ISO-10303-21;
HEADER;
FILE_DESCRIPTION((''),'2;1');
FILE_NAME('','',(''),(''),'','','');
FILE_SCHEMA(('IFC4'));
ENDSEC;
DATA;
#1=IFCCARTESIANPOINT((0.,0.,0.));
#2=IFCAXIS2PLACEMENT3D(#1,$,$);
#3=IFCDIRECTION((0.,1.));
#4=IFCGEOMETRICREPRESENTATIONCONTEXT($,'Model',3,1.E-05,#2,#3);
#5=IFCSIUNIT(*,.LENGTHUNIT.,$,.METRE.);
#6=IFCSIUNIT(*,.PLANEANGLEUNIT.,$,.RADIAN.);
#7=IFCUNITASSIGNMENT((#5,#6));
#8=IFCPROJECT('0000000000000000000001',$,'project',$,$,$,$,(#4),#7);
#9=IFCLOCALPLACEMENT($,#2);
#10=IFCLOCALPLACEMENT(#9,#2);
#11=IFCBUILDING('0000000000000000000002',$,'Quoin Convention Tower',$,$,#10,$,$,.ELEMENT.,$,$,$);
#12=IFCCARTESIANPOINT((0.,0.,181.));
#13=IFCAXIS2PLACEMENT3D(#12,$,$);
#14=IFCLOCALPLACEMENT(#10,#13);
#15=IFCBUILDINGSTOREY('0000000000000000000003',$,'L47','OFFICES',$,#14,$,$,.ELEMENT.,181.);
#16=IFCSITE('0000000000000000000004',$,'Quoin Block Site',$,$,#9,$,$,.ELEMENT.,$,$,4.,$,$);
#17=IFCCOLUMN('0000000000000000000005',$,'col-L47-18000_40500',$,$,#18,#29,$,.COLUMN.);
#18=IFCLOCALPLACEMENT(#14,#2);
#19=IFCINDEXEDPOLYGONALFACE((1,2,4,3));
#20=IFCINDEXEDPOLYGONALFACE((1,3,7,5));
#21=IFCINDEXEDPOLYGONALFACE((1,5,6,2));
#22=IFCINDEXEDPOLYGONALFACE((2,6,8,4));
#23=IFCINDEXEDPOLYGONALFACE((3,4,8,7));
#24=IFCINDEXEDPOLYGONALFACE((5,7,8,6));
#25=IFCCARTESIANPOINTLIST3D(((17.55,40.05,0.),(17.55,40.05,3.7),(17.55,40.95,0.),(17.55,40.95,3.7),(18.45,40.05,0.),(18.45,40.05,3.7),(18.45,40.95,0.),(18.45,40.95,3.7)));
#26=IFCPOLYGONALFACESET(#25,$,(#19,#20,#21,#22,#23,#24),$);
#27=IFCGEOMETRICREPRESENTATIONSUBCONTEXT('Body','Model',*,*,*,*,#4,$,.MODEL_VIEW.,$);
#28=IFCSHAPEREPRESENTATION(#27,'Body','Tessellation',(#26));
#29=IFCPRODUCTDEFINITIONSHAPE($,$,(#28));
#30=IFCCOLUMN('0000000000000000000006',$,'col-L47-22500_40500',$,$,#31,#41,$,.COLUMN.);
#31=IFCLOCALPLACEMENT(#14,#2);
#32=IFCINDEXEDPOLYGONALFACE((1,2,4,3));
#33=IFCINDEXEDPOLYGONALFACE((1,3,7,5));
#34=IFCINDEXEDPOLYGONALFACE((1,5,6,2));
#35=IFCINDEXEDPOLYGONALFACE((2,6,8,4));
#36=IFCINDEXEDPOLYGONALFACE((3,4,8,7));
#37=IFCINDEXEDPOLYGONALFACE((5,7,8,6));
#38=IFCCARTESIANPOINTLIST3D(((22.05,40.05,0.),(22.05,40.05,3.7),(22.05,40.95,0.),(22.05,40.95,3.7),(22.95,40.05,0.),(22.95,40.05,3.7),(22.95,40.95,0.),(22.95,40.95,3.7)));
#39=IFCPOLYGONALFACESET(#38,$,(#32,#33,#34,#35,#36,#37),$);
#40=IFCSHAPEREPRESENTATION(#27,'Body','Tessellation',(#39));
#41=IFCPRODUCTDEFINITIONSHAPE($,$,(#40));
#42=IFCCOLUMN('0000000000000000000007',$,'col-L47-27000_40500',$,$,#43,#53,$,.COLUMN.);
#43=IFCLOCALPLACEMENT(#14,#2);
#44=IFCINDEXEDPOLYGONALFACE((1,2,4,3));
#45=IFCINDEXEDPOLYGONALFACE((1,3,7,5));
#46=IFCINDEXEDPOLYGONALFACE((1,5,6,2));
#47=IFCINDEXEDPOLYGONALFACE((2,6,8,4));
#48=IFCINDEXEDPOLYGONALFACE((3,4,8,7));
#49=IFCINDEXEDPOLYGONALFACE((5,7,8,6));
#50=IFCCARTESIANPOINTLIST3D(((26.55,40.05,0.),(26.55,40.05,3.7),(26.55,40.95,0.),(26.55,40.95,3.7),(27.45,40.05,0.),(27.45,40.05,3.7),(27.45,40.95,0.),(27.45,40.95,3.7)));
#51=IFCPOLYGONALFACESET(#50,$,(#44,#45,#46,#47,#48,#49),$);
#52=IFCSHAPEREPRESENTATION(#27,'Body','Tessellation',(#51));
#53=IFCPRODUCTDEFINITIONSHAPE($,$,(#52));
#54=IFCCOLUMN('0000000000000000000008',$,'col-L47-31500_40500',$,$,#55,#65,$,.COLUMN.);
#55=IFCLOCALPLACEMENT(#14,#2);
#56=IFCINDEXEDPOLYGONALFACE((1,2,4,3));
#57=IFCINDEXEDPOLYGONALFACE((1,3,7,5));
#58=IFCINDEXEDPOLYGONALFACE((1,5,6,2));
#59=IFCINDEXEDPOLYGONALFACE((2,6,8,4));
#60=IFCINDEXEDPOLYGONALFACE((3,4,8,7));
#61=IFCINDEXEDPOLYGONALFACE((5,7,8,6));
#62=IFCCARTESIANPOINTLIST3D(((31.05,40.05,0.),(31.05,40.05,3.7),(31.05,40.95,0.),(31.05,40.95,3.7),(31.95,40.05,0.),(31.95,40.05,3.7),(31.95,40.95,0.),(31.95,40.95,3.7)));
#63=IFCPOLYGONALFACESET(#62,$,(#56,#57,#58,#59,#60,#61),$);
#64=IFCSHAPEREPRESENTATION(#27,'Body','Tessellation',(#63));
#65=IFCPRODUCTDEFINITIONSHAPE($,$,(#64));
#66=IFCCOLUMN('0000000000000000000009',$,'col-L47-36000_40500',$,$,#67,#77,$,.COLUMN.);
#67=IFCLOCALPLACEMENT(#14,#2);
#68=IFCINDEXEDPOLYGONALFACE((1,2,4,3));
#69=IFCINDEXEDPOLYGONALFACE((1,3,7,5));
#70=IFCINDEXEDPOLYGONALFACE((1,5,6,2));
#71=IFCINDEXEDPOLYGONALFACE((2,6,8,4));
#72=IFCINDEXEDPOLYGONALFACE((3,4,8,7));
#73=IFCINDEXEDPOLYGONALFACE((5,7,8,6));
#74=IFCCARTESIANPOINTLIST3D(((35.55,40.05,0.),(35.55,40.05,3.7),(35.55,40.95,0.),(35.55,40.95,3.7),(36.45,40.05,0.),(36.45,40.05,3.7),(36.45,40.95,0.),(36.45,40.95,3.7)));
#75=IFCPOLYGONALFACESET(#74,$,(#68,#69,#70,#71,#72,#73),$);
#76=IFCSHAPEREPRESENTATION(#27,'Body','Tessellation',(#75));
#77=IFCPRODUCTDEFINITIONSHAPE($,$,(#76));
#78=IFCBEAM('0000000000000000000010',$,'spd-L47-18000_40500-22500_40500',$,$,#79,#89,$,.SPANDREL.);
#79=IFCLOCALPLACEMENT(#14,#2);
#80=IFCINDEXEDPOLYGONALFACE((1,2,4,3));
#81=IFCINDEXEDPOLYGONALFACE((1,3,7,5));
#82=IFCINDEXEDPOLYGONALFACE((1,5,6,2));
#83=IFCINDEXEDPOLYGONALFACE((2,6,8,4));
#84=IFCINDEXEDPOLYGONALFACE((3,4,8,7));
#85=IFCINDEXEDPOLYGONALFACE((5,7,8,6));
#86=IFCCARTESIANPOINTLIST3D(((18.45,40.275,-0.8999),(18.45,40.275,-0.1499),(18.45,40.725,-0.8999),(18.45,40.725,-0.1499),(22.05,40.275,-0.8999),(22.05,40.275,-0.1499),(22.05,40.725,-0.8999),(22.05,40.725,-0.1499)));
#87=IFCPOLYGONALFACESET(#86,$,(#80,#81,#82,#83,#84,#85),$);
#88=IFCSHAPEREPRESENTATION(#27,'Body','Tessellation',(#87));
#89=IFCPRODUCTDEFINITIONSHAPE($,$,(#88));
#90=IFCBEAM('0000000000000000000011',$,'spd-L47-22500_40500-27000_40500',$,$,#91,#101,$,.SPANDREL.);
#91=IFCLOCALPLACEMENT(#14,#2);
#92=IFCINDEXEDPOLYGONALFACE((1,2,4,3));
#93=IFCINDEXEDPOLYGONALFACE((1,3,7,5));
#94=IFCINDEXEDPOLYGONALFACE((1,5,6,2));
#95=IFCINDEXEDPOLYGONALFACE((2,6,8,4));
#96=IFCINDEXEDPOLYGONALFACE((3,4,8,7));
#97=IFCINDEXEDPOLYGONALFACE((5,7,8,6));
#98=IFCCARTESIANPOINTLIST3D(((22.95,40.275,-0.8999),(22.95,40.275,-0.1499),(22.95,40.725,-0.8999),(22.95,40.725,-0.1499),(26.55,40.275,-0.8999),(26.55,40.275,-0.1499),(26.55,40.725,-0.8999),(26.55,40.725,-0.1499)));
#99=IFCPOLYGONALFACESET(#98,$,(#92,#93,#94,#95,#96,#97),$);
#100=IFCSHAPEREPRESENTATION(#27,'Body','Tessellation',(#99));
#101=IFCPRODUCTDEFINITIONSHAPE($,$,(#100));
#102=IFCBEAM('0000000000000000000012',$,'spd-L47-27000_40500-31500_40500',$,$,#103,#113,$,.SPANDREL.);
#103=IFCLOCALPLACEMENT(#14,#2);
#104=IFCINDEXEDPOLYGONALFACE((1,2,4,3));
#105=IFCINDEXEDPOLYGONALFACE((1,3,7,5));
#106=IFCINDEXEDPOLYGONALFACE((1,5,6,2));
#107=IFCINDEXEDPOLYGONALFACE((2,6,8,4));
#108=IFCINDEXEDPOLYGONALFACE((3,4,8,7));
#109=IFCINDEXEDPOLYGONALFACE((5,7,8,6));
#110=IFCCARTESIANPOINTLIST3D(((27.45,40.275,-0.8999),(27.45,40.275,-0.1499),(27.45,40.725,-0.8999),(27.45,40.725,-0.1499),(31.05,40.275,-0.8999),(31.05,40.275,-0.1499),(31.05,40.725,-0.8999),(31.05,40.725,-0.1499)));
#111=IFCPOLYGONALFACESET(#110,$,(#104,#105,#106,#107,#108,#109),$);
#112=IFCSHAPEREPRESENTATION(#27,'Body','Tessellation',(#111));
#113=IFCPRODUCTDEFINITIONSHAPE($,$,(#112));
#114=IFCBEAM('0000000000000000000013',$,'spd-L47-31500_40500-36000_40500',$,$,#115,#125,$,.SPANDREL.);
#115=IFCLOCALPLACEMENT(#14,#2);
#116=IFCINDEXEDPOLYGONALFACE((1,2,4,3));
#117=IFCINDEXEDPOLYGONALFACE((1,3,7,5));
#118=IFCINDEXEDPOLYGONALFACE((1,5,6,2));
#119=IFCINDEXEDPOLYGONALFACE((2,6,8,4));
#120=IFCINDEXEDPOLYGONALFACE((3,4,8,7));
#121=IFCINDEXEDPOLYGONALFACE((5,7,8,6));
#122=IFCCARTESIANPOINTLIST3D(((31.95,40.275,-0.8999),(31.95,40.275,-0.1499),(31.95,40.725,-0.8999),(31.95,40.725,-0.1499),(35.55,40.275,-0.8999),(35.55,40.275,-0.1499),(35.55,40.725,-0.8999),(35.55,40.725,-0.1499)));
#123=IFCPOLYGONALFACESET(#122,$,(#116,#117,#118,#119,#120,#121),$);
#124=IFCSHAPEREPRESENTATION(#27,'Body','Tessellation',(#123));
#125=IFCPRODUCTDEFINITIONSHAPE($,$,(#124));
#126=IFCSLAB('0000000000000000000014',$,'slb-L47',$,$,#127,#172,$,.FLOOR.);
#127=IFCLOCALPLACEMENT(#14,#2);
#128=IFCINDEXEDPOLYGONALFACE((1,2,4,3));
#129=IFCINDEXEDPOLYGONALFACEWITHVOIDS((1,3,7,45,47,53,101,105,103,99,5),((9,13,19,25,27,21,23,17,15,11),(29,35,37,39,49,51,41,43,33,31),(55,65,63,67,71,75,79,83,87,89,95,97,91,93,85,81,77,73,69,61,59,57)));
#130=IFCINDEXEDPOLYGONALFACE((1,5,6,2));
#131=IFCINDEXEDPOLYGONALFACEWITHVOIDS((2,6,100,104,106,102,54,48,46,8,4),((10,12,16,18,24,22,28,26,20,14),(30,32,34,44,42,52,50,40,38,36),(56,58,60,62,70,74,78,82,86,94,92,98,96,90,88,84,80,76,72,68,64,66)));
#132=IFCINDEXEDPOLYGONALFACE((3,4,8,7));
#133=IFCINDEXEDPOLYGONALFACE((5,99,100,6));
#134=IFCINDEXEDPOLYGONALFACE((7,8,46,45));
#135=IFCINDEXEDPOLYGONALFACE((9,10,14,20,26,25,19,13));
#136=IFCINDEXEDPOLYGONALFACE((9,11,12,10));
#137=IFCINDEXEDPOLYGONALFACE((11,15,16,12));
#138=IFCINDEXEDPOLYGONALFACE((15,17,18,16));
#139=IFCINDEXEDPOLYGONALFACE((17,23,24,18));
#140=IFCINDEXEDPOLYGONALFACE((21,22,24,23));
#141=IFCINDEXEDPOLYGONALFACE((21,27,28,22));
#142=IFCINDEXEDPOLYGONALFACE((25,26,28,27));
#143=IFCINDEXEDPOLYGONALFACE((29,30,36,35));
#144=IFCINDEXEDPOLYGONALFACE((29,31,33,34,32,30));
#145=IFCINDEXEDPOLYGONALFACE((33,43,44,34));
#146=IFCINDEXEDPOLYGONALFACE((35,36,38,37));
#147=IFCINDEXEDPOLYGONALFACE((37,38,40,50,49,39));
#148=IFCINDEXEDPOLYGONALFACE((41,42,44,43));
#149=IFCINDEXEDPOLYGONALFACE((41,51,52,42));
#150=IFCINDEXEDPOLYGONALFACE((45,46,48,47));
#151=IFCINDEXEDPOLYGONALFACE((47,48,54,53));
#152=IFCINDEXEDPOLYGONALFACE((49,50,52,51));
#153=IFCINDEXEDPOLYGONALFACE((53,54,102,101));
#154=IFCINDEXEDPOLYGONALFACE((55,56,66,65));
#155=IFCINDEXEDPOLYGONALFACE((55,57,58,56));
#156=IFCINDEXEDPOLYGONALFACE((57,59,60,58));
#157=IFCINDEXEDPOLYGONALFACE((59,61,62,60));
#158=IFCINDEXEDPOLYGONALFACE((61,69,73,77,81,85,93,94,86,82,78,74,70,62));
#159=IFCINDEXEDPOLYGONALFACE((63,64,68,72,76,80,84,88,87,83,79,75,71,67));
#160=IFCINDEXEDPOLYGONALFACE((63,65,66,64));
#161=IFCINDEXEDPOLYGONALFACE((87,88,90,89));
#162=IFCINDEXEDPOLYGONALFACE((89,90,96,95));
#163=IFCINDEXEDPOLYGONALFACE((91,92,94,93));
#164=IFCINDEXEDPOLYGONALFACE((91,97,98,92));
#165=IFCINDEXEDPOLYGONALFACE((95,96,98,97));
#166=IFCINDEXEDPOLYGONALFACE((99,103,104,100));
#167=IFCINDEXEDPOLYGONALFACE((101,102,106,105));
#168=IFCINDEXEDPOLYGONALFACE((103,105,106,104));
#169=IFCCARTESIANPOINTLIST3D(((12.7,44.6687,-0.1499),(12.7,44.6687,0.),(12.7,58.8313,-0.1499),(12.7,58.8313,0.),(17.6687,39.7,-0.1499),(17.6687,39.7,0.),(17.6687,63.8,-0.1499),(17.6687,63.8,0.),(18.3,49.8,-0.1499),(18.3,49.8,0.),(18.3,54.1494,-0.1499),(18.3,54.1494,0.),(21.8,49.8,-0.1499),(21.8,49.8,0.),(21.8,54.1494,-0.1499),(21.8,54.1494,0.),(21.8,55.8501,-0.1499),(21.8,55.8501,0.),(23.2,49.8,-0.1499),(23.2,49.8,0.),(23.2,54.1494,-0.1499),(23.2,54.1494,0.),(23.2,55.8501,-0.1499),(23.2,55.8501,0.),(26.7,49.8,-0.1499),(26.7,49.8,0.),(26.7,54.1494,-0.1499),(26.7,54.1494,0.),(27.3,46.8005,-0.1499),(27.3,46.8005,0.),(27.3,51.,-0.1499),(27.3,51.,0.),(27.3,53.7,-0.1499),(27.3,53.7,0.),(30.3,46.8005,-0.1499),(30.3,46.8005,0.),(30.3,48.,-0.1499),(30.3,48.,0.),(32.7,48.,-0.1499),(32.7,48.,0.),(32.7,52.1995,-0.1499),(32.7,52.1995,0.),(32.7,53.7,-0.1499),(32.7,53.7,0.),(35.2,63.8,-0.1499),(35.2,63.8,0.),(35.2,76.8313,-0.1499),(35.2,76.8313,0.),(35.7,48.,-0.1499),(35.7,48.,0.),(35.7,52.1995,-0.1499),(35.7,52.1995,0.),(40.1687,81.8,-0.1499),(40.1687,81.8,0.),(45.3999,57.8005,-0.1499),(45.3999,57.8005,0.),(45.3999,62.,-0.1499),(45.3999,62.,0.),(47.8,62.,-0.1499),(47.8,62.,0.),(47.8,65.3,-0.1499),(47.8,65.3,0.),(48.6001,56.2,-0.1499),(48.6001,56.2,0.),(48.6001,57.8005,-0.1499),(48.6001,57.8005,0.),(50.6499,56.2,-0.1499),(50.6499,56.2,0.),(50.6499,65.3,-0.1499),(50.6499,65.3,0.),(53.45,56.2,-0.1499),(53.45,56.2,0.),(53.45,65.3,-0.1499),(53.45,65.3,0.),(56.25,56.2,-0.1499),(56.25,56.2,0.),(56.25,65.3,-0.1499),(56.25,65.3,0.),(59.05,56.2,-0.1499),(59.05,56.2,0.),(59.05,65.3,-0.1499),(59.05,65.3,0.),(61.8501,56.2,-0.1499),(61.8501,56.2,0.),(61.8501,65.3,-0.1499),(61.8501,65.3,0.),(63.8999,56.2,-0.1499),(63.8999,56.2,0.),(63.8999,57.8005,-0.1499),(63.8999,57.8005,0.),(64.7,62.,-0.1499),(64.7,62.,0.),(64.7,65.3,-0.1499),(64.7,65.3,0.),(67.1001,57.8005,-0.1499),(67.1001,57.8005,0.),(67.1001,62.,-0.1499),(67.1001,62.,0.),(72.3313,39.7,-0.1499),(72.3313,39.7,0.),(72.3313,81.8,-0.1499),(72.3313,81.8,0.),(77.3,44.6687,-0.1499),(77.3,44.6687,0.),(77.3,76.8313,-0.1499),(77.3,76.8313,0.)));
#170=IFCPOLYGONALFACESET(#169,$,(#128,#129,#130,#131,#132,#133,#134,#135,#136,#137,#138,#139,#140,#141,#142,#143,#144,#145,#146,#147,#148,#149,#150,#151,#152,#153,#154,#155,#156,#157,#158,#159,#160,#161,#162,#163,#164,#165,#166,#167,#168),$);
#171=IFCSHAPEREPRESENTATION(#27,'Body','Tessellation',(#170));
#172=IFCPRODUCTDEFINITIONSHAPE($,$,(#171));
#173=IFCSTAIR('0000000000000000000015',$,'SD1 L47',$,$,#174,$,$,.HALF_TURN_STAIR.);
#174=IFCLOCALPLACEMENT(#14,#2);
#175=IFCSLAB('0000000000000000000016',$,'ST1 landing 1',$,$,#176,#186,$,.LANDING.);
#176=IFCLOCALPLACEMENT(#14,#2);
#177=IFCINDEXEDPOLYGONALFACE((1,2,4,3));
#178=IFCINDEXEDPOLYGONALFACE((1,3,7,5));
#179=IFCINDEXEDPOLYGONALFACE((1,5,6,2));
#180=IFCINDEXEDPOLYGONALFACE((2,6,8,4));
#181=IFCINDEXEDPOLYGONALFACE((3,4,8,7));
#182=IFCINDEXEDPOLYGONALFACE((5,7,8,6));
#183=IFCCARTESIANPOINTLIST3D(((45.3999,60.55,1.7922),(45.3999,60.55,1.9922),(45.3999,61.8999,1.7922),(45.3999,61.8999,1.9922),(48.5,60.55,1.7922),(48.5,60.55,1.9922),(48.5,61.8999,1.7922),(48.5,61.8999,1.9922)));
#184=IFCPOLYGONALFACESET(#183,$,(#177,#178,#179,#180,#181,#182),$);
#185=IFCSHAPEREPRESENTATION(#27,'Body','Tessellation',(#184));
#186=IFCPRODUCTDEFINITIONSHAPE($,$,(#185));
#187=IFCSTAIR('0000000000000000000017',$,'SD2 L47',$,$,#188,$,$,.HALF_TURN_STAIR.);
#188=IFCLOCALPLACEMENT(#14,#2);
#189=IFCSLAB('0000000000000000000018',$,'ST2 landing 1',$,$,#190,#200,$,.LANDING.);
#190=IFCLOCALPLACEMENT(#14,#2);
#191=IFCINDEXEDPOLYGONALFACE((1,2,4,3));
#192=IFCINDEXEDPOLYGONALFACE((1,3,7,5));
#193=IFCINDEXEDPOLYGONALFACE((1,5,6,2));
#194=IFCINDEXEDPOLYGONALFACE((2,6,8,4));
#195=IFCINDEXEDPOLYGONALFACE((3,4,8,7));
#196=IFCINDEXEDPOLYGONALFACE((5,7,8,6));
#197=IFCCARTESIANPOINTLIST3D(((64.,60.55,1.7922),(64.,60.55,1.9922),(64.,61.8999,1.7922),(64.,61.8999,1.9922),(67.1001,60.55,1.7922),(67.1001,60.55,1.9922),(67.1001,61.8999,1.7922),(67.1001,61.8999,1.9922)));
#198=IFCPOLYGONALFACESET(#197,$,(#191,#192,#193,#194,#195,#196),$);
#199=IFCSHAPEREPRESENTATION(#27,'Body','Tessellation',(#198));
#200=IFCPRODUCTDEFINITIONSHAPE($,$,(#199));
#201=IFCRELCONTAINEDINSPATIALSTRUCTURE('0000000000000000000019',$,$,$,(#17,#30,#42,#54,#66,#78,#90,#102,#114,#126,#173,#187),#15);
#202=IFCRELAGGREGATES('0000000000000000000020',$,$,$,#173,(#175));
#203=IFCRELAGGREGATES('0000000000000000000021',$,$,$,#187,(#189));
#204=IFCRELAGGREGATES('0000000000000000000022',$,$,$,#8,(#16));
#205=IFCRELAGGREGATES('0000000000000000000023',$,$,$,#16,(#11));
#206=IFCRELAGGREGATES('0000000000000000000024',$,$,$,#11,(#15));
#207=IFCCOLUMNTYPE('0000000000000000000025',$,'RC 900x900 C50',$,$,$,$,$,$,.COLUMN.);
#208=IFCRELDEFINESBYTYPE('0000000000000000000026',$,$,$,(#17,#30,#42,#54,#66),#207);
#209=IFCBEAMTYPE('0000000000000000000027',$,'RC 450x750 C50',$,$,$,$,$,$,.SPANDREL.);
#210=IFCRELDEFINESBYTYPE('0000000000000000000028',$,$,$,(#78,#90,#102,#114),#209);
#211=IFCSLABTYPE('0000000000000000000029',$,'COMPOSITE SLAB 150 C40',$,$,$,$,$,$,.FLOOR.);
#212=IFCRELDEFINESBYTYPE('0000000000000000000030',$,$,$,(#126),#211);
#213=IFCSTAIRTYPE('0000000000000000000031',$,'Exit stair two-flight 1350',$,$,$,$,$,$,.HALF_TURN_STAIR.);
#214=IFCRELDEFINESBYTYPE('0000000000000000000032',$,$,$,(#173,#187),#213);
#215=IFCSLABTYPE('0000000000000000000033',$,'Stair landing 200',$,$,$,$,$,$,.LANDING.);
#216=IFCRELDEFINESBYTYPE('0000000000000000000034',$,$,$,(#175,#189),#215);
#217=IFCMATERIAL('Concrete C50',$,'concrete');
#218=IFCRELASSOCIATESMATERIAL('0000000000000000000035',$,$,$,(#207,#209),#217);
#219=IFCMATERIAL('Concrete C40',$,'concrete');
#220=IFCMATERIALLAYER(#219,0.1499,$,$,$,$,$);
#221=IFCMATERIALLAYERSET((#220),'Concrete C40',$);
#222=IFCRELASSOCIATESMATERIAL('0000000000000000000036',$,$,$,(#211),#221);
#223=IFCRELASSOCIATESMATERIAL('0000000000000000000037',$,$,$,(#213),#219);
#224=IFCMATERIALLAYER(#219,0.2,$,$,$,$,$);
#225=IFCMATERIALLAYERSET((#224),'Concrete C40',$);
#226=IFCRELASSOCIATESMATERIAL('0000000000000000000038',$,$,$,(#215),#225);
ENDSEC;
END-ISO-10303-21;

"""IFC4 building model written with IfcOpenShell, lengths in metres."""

from ifc_helpers import new_model, si_unit, direction, frame, origin, origin_2d, place, context, subcontext, project, spatial, polyline, rectangle, outline, extrude, material, layer, layer_set, material_profile, profile_set, type_object, element, aggregate, save


model = new_model("IFC4")

# Units and contexts
model_context = context("Model", 3, precision=1e-05, world=origin(), true_north=direction((0.0, 1.0)))
body_context = subcontext(model_context, "Body", "Model", "MODEL_VIEW")
ifc_project = project(units=[si_unit("LENGTHUNIT", "METRE"), si_unit("PLANEANGLEUNIT", "RADIAN")], contexts=[model_context])

# Site, building, storey
site_placement = place(None, origin())
site = spatial("IfcSite", under=ifc_project, at=site_placement, Name="Quoin Block Site", CompositionType="ELEMENT", RefElevation=4.0)
building_placement = place(site_placement, origin())
building = spatial("IfcBuilding", under=site, at=building_placement, Name="Quoin Convention Tower", CompositionType="ELEMENT")
storey_placement = place(building_placement, frame((0.0, 0.0, 181.0)))
storey = spatial("IfcBuildingStorey", under=building, at=storey_placement, Name="L47", Description="OFFICES", CompositionType="ELEMENT", Elevation=181.0)

# Columns
ifc_material_1 = material(Name="Concrete C50", Category="concrete")
ifc_material_profile_1 = material_profile(ifc_material_1, rectangle(XDim=0.8999, YDim=0.8999, at=origin_2d()), Name="RC 900x900")
ifc_profile_set_1 = profile_set([ifc_material_profile_1], Name="Concrete C50")
column_type = type_object("IfcColumnType", Name="RC 900x900 C50", PredefinedType="COLUMN", material=ifc_profile_set_1)
for number, where, z_axis, x_axis, name in (
    (1, (18.0, 40.5, 0.0), (0.0, 0.0, 1.0), (1.0, 0.0, 0.0), "col-L47-18000_40500"),
    (2, (22.5, 40.5, 0.0), (0.0, 0.0, 1.0), (1.0, 0.0, 0.0), "col-L47-22500_40500"),
    (3, (27.0, 40.5, 0.0), (0.0, 0.0, 1.0), (1.0, 0.0, 0.0), "col-L47-27000_40500"),
    (4, (31.5, 40.5, 0.0), (0.0, 0.0, 1.0), (1.0, 0.0, 0.0), "col-L47-31500_40500"),
    (5, (36.0, 40.5, 0.0), (0.0, 0.0, 1.0), (1.0, 0.0, 0.0), "col-L47-36000_40500"),
):
    element("IfcColumn", number, at=place(storey_placement, frame(where, z_axis=z_axis, x_axis=x_axis)), inside=storey, type_object=column_type, Name=name, PredefinedType="COLUMN", context=body_context, shape_type="SweptSolid", body=[
        extrude(rectangle(XDim=0.8999, YDim=0.8999, at=origin_2d()), origin(), (0.0, 0.0, 1.0), 3.7),
    ])

# Beams
ifc_material_profile_2 = material_profile(ifc_material_1, rectangle(XDim=0.45, YDim=0.75, at=origin_2d()), Name="RC 450x750")
ifc_profile_set_2 = profile_set([ifc_material_profile_2], Name="Concrete C50")
beam_type = type_object("IfcBeamType", Name="RC 450x750 C50", PredefinedType="SPANDREL", material=ifc_profile_set_2)
for number, where, z_axis, x_axis, name in (
    (6, (18.45, 40.5, -0.5249), (1.0, 0.0, 0.0), (0.0, 1.0, 0.0), "spd-L47-18000_40500-22500_40500"),
    (7, (22.95, 40.5, -0.5249), (1.0, 0.0, 0.0), (0.0, 1.0, 0.0), "spd-L47-22500_40500-27000_40500"),
    (8, (27.45, 40.5, -0.5249), (1.0, 0.0, 0.0), (0.0, 1.0, 0.0), "spd-L47-27000_40500-31500_40500"),
    (9, (31.95, 40.5, -0.5249), (1.0, 0.0, 0.0), (0.0, 1.0, 0.0), "spd-L47-31500_40500-36000_40500"),
):
    element("IfcBeam", number, at=place(storey_placement, frame(where, z_axis=z_axis, x_axis=x_axis)), inside=storey, type_object=beam_type, Name=name, PredefinedType="SPANDREL", context=body_context, shape_type="SweptSolid", body=[
        extrude(rectangle(XDim=0.45, YDim=0.75, at=origin_2d()), origin(), (0.0, 0.0, 1.0), 3.6001),
    ])

# Slab
ifc_material_2 = material(Name="Concrete C40", Category="concrete")
ifc_layer_1 = layer(ifc_material_2, 0.1499)
ifc_layer_set_1 = layer_set([ifc_layer_1], Name="Concrete C40")
slab_type_1 = type_object("IfcSlabType", Name="COMPOSITE SLAB 150 C40", PredefinedType="FLOOR", material=ifc_layer_set_1)
slab_1_placement = place(storey_placement, frame((0.0, 0.0, -0.1499)))
element("IfcSlab", 10, at=slab_1_placement, inside=storey, type_object=slab_type_1, Name="slb-L47", PredefinedType="FLOOR", context=body_context, shape_type="SweptSolid", body=[
    extrude(outline(polyline([(17.6687, 39.7), (12.7, 44.6687), (12.7, 58.8313), (17.6687, 63.8), (35.2, 63.8), (35.2, 76.8313), (40.1687, 81.8), (72.3313, 81.8), (77.3, 76.8313), (77.3, 44.6687), (72.3313, 39.7), (17.6687, 39.7)]), holes=[polyline([(27.3, 51.0), (27.3, 46.8005), (30.3, 46.8005), (30.3, 48.0), (32.7, 48.0), (35.7, 48.0), (35.7, 52.1995), (32.7, 52.1995), (32.7, 53.7), (27.3, 53.7), (27.3, 51.0)]), polyline([(18.3, 49.8), (21.8, 49.8), (23.2, 49.8), (26.7, 49.8), (26.7, 54.1494), (23.2, 54.1494), (23.2, 55.8501), (21.8, 55.8501), (21.8, 54.1494), (18.3, 54.1494), (18.3, 49.8)]), polyline([(48.6001, 56.2), (50.6499, 56.2), (53.45, 56.2), (56.25, 56.2), (59.05, 56.2), (61.8501, 56.2), (63.8999, 56.2), (63.8999, 57.8005), (67.1001, 57.8005), (67.1001, 62.0), (64.7, 62.0), (64.7, 65.3), (61.8501, 65.3), (59.05, 65.3), (56.25, 65.3), (53.45, 65.3), (50.6499, 65.3), (47.8, 65.3), (47.8, 62.0), (45.3999, 62.0), (45.3999, 57.8005), (48.6001, 57.8005), (48.6001, 56.2)])]), origin(), (0.0, 0.0, 1.0), 0.1499),
])

# Stairs, slabs
stair_type_1 = type_object("IfcStairType", Name="Exit stair two-flight 1350", PredefinedType="HALF_TURN_STAIR", material=ifc_material_2)
stair_1_placement = place(storey_placement, origin())
stair_1 = element("IfcStair", 11, at=stair_1_placement, inside=storey, type_object=stair_type_1, Name="SD1 L47", PredefinedType="HALF_TURN_STAIR")
ifc_layer_2 = layer(ifc_material_2, 0.2)
ifc_layer_set_2 = layer_set([ifc_layer_2], Name="Concrete C40")
slab_type_2 = type_object("IfcSlabType", Name="Stair landing 200", PredefinedType="LANDING", material=ifc_layer_set_2)
slab_2_placement = place(storey_placement, frame((0.0, 0.0, 1.7922)))
slab_2 = element("IfcSlab", 12, at=slab_2_placement, type_object=slab_type_2, Name="ST1 landing 1", PredefinedType="LANDING", context=body_context, shape_type="SweptSolid", body=[
    extrude(outline(polyline([(45.3999, 60.55), (48.5, 60.55), (48.5, 61.8999), (45.3999, 61.8999), (45.3999, 60.55)])), origin(), (0.0, 0.0, 1.0), 0.2),
])
aggregate(stair_1, [slab_2])
stair_2_placement = place(storey_placement, origin())
stair_2 = element("IfcStair", 13, at=stair_2_placement, inside=storey, type_object=stair_type_1, Name="SD2 L47", PredefinedType="HALF_TURN_STAIR")
slab_3_placement = place(storey_placement, frame((0.0, 0.0, 1.7922)))
slab_3 = element("IfcSlab", 14, at=slab_3_placement, type_object=slab_type_2, Name="ST2 landing 1", PredefinedType="LANDING", context=body_context, shape_type="SweptSolid", body=[
    extrude(outline(polyline([(64.0, 60.55), (67.1001, 60.55), (67.1001, 61.8999), (64.0, 61.8999), (64.0, 60.55)])), origin(), (0.0, 0.0, 1.0), 0.2),
])
aggregate(stair_2, [slab_3])

save(model, "model.ifc")
